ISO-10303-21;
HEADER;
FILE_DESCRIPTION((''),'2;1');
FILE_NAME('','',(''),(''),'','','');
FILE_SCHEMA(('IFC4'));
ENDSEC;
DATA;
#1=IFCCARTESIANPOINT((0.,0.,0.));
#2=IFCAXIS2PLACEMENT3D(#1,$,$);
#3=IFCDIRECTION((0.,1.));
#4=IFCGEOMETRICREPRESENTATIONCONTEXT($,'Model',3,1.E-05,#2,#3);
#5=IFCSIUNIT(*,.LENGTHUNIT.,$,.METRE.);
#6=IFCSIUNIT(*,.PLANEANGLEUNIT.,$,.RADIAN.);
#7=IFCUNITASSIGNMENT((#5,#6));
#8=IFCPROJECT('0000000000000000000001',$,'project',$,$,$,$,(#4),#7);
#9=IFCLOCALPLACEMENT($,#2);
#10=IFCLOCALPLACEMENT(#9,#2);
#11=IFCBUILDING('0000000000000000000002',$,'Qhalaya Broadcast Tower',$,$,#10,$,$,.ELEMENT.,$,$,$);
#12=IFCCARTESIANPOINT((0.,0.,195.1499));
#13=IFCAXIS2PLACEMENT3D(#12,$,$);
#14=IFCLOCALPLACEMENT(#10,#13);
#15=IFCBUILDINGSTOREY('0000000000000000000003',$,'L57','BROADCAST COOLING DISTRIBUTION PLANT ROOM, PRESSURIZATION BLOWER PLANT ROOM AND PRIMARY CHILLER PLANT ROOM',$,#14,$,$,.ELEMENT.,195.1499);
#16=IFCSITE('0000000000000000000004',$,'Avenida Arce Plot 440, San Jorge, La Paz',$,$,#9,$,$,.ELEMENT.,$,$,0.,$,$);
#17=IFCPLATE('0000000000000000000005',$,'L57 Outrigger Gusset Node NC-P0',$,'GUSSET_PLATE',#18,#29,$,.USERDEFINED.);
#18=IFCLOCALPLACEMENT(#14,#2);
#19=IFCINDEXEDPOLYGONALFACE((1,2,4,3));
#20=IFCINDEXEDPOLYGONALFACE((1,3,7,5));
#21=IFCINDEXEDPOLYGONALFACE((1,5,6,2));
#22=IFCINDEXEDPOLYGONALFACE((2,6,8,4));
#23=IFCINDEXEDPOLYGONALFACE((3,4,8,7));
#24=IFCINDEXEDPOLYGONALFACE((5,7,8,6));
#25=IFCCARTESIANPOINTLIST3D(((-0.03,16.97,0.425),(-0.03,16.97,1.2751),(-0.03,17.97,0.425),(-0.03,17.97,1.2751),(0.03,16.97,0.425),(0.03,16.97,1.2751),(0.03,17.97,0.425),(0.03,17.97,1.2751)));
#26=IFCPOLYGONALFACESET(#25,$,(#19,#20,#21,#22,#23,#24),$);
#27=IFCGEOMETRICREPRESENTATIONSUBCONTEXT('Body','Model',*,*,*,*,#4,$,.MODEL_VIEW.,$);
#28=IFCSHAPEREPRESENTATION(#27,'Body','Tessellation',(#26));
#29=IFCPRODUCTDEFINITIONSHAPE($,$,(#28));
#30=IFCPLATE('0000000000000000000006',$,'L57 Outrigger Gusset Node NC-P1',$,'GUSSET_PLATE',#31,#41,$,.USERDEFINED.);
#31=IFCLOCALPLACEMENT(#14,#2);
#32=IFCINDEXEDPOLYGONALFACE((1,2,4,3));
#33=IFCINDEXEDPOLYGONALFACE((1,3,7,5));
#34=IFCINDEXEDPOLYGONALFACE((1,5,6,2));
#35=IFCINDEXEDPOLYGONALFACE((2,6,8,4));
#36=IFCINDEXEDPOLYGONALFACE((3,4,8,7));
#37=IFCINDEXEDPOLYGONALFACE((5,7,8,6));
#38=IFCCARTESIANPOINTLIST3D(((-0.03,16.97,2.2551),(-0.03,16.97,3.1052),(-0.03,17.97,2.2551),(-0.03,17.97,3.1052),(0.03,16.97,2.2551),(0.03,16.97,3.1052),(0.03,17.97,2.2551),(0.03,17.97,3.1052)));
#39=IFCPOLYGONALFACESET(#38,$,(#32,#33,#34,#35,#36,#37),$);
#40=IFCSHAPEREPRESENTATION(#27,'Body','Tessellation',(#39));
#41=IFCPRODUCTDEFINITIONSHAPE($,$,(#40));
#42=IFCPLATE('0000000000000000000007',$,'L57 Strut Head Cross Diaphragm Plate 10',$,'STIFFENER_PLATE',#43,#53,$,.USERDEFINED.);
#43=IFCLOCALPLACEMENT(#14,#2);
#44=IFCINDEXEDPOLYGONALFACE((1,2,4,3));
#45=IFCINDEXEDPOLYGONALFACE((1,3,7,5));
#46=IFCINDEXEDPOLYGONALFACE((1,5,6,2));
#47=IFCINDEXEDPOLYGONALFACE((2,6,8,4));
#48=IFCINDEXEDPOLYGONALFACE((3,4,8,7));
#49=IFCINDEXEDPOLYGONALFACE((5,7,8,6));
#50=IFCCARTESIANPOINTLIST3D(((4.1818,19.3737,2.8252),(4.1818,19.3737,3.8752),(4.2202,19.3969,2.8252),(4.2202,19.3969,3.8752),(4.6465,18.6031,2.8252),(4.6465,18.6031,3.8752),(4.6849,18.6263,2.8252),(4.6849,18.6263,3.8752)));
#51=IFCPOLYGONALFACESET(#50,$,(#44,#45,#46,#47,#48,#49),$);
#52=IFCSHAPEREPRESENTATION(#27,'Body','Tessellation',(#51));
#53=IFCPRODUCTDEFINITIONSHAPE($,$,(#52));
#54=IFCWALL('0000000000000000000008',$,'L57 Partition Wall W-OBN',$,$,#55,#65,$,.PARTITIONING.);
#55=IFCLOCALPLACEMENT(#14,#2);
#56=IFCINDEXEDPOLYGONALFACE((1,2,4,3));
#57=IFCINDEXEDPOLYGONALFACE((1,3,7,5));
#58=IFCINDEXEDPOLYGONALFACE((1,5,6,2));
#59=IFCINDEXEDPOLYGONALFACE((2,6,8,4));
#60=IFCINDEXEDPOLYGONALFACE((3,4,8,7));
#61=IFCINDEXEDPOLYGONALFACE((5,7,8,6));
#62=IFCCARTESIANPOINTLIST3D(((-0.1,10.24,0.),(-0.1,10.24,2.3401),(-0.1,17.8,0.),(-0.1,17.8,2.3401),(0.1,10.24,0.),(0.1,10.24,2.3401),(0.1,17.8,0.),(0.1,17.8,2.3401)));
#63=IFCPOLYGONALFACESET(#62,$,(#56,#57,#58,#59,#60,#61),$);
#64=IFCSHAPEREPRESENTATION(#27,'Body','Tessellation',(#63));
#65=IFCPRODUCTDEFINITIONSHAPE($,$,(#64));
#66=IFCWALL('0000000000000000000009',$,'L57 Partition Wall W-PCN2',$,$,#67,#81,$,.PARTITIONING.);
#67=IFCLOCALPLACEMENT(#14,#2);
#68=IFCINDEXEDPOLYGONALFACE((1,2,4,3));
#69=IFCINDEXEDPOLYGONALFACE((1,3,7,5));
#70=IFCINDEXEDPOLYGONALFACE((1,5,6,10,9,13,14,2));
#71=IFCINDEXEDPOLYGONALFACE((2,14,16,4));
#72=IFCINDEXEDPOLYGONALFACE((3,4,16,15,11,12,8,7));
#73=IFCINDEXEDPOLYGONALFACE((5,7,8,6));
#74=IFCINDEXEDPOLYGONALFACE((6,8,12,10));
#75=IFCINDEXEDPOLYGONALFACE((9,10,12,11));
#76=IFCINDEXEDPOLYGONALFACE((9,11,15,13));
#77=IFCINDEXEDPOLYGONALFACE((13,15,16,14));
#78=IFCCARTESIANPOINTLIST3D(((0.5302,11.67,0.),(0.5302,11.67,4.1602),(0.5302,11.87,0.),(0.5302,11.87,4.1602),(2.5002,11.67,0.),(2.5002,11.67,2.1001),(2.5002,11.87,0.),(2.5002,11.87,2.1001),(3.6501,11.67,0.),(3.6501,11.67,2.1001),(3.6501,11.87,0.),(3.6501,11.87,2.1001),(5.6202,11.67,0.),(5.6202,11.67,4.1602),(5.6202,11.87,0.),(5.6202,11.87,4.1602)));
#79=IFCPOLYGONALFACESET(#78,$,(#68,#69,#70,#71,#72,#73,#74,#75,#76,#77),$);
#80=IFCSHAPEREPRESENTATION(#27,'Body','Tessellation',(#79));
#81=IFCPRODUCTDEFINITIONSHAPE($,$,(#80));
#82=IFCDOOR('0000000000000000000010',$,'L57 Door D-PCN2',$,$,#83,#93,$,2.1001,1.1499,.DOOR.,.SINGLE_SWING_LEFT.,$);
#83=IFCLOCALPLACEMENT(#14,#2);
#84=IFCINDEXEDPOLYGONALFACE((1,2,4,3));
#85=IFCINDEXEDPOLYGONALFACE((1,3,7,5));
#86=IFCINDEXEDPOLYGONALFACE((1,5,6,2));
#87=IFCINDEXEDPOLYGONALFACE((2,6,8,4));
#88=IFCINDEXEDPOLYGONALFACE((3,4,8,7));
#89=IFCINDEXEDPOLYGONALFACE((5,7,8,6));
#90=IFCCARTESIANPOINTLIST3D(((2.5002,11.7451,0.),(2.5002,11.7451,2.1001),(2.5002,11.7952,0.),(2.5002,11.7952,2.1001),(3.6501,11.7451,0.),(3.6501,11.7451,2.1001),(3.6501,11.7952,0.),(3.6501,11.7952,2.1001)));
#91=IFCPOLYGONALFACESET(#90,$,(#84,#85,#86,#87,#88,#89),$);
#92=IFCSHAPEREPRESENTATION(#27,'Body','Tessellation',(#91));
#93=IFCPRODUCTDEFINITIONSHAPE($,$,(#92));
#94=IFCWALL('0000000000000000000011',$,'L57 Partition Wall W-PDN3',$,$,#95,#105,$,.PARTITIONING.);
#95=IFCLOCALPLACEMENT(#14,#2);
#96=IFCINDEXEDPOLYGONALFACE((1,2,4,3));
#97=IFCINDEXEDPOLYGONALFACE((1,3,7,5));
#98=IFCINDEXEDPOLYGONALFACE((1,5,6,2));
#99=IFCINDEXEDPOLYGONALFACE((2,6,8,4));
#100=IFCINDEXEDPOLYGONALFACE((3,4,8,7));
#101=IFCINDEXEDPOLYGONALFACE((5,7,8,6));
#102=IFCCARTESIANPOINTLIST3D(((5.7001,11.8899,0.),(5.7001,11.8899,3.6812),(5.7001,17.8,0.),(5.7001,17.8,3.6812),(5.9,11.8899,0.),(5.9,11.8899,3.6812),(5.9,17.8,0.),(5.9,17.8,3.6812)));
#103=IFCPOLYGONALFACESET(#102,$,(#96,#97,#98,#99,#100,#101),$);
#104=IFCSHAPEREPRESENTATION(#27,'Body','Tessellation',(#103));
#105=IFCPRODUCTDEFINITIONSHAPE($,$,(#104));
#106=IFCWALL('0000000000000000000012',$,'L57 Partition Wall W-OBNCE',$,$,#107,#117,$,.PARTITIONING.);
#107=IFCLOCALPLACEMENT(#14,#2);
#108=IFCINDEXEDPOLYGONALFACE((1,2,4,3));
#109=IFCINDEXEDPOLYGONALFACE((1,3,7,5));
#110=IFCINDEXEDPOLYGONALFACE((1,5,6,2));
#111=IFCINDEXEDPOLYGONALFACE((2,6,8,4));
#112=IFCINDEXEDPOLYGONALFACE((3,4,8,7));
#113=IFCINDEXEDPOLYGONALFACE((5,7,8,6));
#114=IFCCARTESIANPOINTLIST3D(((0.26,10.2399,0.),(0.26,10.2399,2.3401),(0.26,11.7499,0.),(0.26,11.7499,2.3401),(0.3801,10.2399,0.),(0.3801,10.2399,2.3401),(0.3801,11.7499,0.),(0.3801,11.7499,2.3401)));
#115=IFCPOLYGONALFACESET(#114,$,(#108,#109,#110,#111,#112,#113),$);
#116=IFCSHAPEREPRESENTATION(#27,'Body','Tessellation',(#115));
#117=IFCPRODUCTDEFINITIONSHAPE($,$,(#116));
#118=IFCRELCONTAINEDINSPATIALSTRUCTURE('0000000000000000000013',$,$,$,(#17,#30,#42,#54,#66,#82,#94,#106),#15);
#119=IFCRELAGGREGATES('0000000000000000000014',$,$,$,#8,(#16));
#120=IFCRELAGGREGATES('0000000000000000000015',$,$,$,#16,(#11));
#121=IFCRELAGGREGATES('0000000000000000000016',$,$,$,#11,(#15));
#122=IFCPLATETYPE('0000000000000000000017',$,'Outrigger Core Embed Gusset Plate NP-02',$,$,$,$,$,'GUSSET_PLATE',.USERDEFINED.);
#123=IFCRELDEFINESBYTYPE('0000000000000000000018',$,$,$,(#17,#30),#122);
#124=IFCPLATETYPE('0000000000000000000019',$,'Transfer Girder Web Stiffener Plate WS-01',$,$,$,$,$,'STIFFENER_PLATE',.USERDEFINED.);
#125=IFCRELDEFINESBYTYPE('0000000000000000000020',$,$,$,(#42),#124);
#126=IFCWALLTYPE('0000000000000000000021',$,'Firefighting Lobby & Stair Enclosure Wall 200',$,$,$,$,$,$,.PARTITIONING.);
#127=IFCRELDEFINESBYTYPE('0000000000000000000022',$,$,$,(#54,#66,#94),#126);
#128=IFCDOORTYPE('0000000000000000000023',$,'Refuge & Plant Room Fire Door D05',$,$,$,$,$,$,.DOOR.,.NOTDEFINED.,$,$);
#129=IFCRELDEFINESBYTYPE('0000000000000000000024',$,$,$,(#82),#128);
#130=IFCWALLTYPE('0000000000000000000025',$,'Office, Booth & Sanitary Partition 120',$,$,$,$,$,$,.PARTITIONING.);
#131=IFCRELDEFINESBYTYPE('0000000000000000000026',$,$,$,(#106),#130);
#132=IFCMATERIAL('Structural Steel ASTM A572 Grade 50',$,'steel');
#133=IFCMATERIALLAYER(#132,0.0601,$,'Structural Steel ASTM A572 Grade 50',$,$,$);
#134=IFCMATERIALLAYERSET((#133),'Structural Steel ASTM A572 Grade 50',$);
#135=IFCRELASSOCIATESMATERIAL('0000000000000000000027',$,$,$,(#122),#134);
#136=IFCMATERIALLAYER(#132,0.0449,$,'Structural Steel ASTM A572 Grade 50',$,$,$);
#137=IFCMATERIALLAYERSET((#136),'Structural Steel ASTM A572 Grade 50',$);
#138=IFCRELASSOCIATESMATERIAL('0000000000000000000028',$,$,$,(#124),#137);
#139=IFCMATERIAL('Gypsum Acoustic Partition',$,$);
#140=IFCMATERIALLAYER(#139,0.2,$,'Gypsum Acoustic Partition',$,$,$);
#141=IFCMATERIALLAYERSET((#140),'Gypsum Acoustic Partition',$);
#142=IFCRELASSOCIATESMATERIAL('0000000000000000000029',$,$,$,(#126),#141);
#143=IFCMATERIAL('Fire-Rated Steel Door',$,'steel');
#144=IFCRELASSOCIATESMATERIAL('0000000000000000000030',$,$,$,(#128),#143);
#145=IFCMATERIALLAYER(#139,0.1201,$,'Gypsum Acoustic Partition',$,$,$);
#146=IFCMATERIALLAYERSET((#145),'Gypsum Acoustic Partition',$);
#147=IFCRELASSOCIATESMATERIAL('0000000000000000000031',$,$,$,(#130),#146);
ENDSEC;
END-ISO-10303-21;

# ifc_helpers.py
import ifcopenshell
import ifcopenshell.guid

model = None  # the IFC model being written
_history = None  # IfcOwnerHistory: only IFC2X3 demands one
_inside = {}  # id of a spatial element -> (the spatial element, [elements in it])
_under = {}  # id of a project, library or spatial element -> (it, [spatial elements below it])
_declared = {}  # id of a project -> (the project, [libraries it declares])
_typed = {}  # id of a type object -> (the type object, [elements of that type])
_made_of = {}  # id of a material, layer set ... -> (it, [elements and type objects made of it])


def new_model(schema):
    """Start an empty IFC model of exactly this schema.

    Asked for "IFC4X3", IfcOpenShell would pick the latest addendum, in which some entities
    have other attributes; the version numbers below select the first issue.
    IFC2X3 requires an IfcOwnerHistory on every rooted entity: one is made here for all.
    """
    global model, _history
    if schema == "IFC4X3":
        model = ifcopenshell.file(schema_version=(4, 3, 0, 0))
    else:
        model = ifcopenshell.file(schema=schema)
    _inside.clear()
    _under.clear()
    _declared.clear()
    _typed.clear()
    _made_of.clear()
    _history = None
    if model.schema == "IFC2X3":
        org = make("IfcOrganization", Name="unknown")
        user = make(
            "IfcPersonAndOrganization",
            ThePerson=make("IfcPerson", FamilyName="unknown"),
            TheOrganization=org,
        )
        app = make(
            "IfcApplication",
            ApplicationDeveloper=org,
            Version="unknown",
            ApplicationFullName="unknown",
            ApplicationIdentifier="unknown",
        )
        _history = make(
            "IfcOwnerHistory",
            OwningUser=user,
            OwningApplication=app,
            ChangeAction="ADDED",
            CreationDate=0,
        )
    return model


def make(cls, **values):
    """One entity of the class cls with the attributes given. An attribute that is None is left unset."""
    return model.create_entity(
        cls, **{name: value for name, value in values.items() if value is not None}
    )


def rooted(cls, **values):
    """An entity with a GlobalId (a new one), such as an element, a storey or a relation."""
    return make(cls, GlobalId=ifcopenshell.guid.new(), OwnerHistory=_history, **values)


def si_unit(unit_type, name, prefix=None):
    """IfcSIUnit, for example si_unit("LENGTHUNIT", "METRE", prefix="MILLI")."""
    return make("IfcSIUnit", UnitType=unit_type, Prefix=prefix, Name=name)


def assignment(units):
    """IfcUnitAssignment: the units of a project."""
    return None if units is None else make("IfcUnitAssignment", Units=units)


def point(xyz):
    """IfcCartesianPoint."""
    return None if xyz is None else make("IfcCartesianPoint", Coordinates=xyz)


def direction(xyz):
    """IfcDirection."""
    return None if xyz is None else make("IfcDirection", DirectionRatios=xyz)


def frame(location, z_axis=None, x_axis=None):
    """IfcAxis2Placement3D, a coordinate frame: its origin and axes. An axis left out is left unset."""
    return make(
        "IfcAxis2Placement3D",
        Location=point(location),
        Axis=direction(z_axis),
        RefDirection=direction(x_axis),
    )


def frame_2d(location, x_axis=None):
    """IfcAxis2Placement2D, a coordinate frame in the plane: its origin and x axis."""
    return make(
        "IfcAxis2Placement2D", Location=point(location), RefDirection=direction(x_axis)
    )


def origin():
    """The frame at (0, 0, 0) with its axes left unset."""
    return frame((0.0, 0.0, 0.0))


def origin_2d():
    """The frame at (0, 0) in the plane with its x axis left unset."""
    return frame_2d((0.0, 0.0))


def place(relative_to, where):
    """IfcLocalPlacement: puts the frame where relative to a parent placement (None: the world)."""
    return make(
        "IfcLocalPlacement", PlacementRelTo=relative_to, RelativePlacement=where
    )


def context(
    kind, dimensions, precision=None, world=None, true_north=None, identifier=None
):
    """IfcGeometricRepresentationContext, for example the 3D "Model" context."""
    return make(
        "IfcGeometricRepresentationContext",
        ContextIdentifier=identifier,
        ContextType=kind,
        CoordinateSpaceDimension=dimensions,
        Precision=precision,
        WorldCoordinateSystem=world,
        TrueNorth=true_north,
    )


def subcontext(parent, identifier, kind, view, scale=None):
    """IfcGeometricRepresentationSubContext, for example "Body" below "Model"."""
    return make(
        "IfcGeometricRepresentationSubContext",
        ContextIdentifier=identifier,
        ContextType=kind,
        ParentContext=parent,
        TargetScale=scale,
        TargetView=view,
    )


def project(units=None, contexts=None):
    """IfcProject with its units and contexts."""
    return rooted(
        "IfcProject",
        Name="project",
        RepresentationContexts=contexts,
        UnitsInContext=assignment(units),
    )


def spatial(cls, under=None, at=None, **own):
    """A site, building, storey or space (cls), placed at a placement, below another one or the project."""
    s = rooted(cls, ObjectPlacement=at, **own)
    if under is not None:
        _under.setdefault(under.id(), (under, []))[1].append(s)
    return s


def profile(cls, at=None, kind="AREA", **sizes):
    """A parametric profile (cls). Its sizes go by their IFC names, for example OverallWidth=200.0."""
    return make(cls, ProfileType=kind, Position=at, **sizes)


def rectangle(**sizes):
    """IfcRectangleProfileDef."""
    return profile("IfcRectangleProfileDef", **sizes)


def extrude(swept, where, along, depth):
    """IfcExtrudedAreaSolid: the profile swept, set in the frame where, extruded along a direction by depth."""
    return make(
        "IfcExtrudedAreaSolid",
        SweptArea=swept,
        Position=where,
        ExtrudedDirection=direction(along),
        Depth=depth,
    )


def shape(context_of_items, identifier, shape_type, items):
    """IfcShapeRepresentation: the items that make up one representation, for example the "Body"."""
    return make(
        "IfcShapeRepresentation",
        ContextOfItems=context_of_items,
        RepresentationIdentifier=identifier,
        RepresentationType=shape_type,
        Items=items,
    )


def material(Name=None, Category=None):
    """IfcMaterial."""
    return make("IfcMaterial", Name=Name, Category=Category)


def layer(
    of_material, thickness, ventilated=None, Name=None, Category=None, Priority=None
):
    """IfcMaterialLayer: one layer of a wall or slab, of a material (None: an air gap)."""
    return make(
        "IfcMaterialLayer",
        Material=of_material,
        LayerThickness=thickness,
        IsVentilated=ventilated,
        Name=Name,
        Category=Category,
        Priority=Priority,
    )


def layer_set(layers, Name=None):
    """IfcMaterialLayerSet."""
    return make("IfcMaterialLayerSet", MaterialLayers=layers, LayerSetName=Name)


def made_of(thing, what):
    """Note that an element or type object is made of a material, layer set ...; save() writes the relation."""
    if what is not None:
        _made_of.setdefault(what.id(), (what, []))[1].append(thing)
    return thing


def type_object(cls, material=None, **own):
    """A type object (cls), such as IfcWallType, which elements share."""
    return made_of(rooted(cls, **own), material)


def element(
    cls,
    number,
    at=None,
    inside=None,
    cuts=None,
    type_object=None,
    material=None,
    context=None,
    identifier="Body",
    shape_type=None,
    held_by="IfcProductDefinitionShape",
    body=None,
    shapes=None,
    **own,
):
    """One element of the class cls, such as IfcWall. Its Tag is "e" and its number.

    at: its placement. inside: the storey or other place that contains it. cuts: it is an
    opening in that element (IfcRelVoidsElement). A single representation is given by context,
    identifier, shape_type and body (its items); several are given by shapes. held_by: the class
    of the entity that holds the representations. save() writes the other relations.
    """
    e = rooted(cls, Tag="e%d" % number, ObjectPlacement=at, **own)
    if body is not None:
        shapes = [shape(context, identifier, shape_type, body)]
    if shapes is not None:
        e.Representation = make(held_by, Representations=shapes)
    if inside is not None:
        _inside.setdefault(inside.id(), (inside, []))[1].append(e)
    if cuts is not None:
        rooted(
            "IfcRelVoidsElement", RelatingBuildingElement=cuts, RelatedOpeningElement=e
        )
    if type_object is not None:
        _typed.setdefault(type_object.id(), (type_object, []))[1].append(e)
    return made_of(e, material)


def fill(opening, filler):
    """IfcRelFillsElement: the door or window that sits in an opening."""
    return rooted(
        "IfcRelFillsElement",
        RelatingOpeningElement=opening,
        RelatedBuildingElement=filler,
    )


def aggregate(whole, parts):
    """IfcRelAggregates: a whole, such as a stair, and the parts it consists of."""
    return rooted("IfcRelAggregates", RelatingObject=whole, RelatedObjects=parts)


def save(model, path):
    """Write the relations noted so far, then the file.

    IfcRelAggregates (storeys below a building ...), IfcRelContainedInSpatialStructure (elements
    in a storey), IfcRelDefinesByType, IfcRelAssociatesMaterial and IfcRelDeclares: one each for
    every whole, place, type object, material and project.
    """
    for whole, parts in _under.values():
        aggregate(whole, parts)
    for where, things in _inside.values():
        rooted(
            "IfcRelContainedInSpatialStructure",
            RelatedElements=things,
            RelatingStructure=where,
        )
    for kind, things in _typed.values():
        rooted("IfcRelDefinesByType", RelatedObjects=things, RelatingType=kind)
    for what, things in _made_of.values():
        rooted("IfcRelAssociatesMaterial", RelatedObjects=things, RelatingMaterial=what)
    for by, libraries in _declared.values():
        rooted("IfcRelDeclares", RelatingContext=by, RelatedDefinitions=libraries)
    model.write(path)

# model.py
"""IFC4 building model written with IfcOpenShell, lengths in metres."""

from ifc_helpers import new_model, si_unit, direction, frame, frame_2d, origin, origin_2d, place, context, subcontext, project, spatial, rectangle, extrude, material, layer, layer_set, type_object, element, fill, save


model = new_model("IFC4")

# Units and contexts
model_context = context("Model", 3, precision=1e-05, world=origin(), true_north=direction((0.0, 1.0)))
body_context = subcontext(model_context, "Body", "Model", "MODEL_VIEW")
ifc_project = project(units=[si_unit("LENGTHUNIT", "METRE"), si_unit("PLANEANGLEUNIT", "RADIAN")], contexts=[model_context])

# Site, building, storey
site_placement = place(None, origin())
site = spatial("IfcSite", under=ifc_project, at=site_placement, Name="Avenida Arce Plot 440, San Jorge, La Paz", CompositionType="ELEMENT", RefElevation=0.0)
building_placement = place(site_placement, origin())
building = spatial("IfcBuilding", under=site, at=building_placement, Name="Qhalaya Broadcast Tower", CompositionType="ELEMENT")
storey_placement = place(building_placement, frame((0.0, 0.0, 195.1499)))
storey = spatial("IfcBuildingStorey", under=building, at=storey_placement, Name="L57", Description="BROADCAST COOLING DISTRIBUTION PLANT ROOM, PRESSURIZATION BLOWER PLANT ROOM AND PRIMARY CHILLER PLANT ROOM", CompositionType="ELEMENT", Elevation=195.1499)

# Shared definitions
ifc_material_1 = material(Name="Structural Steel ASTM A572 Grade 50", Category="steel")

# Plates
ifc_layer_1 = layer(ifc_material_1, 0.0601, Name="Structural Steel ASTM A572 Grade 50")
ifc_layer_set_1 = layer_set([ifc_layer_1], Name="Structural Steel ASTM A572 Grade 50")
plate_type_1 = type_object("IfcPlateType", Name="Outrigger Core Embed Gusset Plate NP-02", ElementType="GUSSET_PLATE", PredefinedType="USERDEFINED", material=ifc_layer_set_1)
for number, where, z_axis, x_axis, name in (
    (1, (0.0, 17.47, 0.425), (0.0, 0.0, 1.0), (0.0, 1.0, 0.0), "L57 Outrigger Gusset Node NC-P0"),
    (2, (0.0, 17.47, 2.2551), (0.0, 0.0, 1.0), (0.0, 1.0, 0.0), "L57 Outrigger Gusset Node NC-P1"),
):
    element("IfcPlate", number, at=place(storey_placement, frame(where, z_axis=z_axis, x_axis=x_axis)), inside=storey, type_object=plate_type_1, Name=name, ObjectType="GUSSET_PLATE", PredefinedType="USERDEFINED", context=body_context, shape_type="SweptSolid", body=[
        extrude(rectangle(XDim=1.0, YDim=0.0601, at=origin_2d()), origin(), (0.0, 0.0, 1.0), 0.8501),
    ])
ifc_layer_2 = layer(ifc_material_1, 0.0449, Name="Structural Steel ASTM A572 Grade 50")
ifc_layer_set_2 = layer_set([ifc_layer_2], Name="Structural Steel ASTM A572 Grade 50")
plate_type_2 = type_object("IfcPlateType", Name="Transfer Girder Web Stiffener Plate WS-01", ElementType="STIFFENER_PLATE", PredefinedType="USERDEFINED", material=ifc_layer_set_2)
plate_1_placement = place(storey_placement, frame((4.4333, 19.0, 2.8252), z_axis=(0.0, 0.0, 1.0), x_axis=(-0.516414, 0.856339, 0.0)))
element("IfcPlate", 3, at=plate_1_placement, inside=storey, type_object=plate_type_2, Name="L57 Strut Head Cross Diaphragm Plate 10", ObjectType="STIFFENER_PLATE", PredefinedType="USERDEFINED", context=body_context, shape_type="SweptSolid", body=[
    extrude(rectangle(XDim=0.8999, YDim=0.0449, at=origin_2d()), origin(), (0.0, 0.0, 1.0), 1.05),
])

# Wall
ifc_material_2 = material(Name="Gypsum Acoustic Partition")
ifc_layer_3 = layer(ifc_material_2, 0.2, Name="Gypsum Acoustic Partition")
ifc_layer_set_3 = layer_set([ifc_layer_3], Name="Gypsum Acoustic Partition")
wall_type_1 = type_object("IfcWallType", Name="Firefighting Lobby & Stair Enclosure Wall 200", PredefinedType="PARTITIONING", material=ifc_layer_set_3)
wall_1_placement = place(storey_placement, frame((0.0, 10.24, 0.0), z_axis=(0.0, 0.0, 1.0), x_axis=(0.0, 1.0, 0.0)))
element("IfcWall", 4, at=wall_1_placement, inside=storey, type_object=wall_type_1, Name="L57 Partition Wall W-OBN", PredefinedType="PARTITIONING", context=body_context, shape_type="SweptSolid", body=[
    extrude(rectangle(XDim=7.5601, YDim=0.2, at=frame_2d((3.78, 0.0))), origin(), (0.0, 0.0, 1.0), 2.3401),
])

# Wall, opening, door
wall_2_placement = place(storey_placement, frame((5.6201, 11.77, 0.0), z_axis=(0.0, 0.0, 1.0), x_axis=(-1.0, 0.0, 0.0)))
wall_2 = element("IfcWall", 5, at=wall_2_placement, inside=storey, type_object=wall_type_1, Name="L57 Partition Wall W-PCN2", PredefinedType="PARTITIONING", context=body_context, shape_type="SweptSolid", body=[
    extrude(rectangle(XDim=5.0901, YDim=0.2, at=frame_2d((2.5449, 0.0))), origin(), (0.0, 0.0, 1.0), 4.1602),
])
opening_placement = place(wall_2_placement, frame((1.97, 0.0, 0.0)))
opening = element("IfcOpeningElement", 6, at=opening_placement, cuts=wall_2, PredefinedType="OPENING", context=body_context, shape_type="SweptSolid", body=[
    extrude(rectangle(XDim=1.1499, YDim=2.1001, at=frame_2d((0.575, 1.05))), frame((0.0, 0.1121, 0.0), z_axis=(0.0, -1.0, 0.0), x_axis=(1.0, 0.0, 0.0)), (0.0, 0.0, 1.0), 0.2239),
])
ifc_material_3 = material(Name="Fire-Rated Steel Door", Category="steel")
door_type = type_object("IfcDoorType", Name="Refuge & Plant Room Fire Door D05", OperationType="NOTDEFINED", PredefinedType="DOOR", material=ifc_material_3)
door_placement = place(opening_placement, origin())
door = element("IfcDoor", 7, at=door_placement, inside=storey, type_object=door_type, Name="L57 Door D-PCN2", OperationType="SINGLE_SWING_LEFT", OverallHeight=2.1001, OverallWidth=1.1499, PredefinedType="DOOR", context=body_context, shape_type="SweptSolid", body=[
    extrude(rectangle(XDim=1.1499, YDim=2.1001, at=frame_2d((0.575, 1.05))), frame((0.0, 0.0249, 0.0), z_axis=(0.0, -1.0, 0.0), x_axis=(1.0, 0.0, 0.0)), (0.0, 0.0, 1.0), 0.05),
])
fill(opening, door)

# Walls
wall_3_placement = place(storey_placement, frame((5.8, 11.8899, 0.0), z_axis=(0.0, 0.0, 1.0), x_axis=(0.0, 1.0, 0.0)))
element("IfcWall", 8, at=wall_3_placement, inside=storey, type_object=wall_type_1, Name="L57 Partition Wall W-PDN3", PredefinedType="PARTITIONING", context=body_context, shape_type="SweptSolid", body=[
    extrude(rectangle(XDim=5.9102, YDim=0.2, at=frame_2d((2.9551, 0.0))), origin(), (0.0, 0.0, 1.0), 3.6812),
])
ifc_layer_4 = layer(ifc_material_2, 0.1201, Name="Gypsum Acoustic Partition")
ifc_layer_set_4 = layer_set([ifc_layer_4], Name="Gypsum Acoustic Partition")
wall_type_2 = type_object("IfcWallType", Name="Office, Booth & Sanitary Partition 120", PredefinedType="PARTITIONING", material=ifc_layer_set_4)
wall_4_placement = place(storey_placement, frame((0.3201, 10.24, 0.0), z_axis=(0.0, 0.0, 1.0), x_axis=(0.0, 1.0, 0.0)))
element("IfcWall", 9, at=wall_4_placement, inside=storey, type_object=wall_type_2, Name="L57 Partition Wall W-OBNCE", PredefinedType="PARTITIONING", context=body_context, shape_type="SweptSolid", body=[
    extrude(rectangle(XDim=1.51, YDim=0.1201, at=frame_2d((0.7549, 0.0))), origin(), (0.0, 0.0, 1.0), 2.3401),
])

save(model, "model.ifc")
